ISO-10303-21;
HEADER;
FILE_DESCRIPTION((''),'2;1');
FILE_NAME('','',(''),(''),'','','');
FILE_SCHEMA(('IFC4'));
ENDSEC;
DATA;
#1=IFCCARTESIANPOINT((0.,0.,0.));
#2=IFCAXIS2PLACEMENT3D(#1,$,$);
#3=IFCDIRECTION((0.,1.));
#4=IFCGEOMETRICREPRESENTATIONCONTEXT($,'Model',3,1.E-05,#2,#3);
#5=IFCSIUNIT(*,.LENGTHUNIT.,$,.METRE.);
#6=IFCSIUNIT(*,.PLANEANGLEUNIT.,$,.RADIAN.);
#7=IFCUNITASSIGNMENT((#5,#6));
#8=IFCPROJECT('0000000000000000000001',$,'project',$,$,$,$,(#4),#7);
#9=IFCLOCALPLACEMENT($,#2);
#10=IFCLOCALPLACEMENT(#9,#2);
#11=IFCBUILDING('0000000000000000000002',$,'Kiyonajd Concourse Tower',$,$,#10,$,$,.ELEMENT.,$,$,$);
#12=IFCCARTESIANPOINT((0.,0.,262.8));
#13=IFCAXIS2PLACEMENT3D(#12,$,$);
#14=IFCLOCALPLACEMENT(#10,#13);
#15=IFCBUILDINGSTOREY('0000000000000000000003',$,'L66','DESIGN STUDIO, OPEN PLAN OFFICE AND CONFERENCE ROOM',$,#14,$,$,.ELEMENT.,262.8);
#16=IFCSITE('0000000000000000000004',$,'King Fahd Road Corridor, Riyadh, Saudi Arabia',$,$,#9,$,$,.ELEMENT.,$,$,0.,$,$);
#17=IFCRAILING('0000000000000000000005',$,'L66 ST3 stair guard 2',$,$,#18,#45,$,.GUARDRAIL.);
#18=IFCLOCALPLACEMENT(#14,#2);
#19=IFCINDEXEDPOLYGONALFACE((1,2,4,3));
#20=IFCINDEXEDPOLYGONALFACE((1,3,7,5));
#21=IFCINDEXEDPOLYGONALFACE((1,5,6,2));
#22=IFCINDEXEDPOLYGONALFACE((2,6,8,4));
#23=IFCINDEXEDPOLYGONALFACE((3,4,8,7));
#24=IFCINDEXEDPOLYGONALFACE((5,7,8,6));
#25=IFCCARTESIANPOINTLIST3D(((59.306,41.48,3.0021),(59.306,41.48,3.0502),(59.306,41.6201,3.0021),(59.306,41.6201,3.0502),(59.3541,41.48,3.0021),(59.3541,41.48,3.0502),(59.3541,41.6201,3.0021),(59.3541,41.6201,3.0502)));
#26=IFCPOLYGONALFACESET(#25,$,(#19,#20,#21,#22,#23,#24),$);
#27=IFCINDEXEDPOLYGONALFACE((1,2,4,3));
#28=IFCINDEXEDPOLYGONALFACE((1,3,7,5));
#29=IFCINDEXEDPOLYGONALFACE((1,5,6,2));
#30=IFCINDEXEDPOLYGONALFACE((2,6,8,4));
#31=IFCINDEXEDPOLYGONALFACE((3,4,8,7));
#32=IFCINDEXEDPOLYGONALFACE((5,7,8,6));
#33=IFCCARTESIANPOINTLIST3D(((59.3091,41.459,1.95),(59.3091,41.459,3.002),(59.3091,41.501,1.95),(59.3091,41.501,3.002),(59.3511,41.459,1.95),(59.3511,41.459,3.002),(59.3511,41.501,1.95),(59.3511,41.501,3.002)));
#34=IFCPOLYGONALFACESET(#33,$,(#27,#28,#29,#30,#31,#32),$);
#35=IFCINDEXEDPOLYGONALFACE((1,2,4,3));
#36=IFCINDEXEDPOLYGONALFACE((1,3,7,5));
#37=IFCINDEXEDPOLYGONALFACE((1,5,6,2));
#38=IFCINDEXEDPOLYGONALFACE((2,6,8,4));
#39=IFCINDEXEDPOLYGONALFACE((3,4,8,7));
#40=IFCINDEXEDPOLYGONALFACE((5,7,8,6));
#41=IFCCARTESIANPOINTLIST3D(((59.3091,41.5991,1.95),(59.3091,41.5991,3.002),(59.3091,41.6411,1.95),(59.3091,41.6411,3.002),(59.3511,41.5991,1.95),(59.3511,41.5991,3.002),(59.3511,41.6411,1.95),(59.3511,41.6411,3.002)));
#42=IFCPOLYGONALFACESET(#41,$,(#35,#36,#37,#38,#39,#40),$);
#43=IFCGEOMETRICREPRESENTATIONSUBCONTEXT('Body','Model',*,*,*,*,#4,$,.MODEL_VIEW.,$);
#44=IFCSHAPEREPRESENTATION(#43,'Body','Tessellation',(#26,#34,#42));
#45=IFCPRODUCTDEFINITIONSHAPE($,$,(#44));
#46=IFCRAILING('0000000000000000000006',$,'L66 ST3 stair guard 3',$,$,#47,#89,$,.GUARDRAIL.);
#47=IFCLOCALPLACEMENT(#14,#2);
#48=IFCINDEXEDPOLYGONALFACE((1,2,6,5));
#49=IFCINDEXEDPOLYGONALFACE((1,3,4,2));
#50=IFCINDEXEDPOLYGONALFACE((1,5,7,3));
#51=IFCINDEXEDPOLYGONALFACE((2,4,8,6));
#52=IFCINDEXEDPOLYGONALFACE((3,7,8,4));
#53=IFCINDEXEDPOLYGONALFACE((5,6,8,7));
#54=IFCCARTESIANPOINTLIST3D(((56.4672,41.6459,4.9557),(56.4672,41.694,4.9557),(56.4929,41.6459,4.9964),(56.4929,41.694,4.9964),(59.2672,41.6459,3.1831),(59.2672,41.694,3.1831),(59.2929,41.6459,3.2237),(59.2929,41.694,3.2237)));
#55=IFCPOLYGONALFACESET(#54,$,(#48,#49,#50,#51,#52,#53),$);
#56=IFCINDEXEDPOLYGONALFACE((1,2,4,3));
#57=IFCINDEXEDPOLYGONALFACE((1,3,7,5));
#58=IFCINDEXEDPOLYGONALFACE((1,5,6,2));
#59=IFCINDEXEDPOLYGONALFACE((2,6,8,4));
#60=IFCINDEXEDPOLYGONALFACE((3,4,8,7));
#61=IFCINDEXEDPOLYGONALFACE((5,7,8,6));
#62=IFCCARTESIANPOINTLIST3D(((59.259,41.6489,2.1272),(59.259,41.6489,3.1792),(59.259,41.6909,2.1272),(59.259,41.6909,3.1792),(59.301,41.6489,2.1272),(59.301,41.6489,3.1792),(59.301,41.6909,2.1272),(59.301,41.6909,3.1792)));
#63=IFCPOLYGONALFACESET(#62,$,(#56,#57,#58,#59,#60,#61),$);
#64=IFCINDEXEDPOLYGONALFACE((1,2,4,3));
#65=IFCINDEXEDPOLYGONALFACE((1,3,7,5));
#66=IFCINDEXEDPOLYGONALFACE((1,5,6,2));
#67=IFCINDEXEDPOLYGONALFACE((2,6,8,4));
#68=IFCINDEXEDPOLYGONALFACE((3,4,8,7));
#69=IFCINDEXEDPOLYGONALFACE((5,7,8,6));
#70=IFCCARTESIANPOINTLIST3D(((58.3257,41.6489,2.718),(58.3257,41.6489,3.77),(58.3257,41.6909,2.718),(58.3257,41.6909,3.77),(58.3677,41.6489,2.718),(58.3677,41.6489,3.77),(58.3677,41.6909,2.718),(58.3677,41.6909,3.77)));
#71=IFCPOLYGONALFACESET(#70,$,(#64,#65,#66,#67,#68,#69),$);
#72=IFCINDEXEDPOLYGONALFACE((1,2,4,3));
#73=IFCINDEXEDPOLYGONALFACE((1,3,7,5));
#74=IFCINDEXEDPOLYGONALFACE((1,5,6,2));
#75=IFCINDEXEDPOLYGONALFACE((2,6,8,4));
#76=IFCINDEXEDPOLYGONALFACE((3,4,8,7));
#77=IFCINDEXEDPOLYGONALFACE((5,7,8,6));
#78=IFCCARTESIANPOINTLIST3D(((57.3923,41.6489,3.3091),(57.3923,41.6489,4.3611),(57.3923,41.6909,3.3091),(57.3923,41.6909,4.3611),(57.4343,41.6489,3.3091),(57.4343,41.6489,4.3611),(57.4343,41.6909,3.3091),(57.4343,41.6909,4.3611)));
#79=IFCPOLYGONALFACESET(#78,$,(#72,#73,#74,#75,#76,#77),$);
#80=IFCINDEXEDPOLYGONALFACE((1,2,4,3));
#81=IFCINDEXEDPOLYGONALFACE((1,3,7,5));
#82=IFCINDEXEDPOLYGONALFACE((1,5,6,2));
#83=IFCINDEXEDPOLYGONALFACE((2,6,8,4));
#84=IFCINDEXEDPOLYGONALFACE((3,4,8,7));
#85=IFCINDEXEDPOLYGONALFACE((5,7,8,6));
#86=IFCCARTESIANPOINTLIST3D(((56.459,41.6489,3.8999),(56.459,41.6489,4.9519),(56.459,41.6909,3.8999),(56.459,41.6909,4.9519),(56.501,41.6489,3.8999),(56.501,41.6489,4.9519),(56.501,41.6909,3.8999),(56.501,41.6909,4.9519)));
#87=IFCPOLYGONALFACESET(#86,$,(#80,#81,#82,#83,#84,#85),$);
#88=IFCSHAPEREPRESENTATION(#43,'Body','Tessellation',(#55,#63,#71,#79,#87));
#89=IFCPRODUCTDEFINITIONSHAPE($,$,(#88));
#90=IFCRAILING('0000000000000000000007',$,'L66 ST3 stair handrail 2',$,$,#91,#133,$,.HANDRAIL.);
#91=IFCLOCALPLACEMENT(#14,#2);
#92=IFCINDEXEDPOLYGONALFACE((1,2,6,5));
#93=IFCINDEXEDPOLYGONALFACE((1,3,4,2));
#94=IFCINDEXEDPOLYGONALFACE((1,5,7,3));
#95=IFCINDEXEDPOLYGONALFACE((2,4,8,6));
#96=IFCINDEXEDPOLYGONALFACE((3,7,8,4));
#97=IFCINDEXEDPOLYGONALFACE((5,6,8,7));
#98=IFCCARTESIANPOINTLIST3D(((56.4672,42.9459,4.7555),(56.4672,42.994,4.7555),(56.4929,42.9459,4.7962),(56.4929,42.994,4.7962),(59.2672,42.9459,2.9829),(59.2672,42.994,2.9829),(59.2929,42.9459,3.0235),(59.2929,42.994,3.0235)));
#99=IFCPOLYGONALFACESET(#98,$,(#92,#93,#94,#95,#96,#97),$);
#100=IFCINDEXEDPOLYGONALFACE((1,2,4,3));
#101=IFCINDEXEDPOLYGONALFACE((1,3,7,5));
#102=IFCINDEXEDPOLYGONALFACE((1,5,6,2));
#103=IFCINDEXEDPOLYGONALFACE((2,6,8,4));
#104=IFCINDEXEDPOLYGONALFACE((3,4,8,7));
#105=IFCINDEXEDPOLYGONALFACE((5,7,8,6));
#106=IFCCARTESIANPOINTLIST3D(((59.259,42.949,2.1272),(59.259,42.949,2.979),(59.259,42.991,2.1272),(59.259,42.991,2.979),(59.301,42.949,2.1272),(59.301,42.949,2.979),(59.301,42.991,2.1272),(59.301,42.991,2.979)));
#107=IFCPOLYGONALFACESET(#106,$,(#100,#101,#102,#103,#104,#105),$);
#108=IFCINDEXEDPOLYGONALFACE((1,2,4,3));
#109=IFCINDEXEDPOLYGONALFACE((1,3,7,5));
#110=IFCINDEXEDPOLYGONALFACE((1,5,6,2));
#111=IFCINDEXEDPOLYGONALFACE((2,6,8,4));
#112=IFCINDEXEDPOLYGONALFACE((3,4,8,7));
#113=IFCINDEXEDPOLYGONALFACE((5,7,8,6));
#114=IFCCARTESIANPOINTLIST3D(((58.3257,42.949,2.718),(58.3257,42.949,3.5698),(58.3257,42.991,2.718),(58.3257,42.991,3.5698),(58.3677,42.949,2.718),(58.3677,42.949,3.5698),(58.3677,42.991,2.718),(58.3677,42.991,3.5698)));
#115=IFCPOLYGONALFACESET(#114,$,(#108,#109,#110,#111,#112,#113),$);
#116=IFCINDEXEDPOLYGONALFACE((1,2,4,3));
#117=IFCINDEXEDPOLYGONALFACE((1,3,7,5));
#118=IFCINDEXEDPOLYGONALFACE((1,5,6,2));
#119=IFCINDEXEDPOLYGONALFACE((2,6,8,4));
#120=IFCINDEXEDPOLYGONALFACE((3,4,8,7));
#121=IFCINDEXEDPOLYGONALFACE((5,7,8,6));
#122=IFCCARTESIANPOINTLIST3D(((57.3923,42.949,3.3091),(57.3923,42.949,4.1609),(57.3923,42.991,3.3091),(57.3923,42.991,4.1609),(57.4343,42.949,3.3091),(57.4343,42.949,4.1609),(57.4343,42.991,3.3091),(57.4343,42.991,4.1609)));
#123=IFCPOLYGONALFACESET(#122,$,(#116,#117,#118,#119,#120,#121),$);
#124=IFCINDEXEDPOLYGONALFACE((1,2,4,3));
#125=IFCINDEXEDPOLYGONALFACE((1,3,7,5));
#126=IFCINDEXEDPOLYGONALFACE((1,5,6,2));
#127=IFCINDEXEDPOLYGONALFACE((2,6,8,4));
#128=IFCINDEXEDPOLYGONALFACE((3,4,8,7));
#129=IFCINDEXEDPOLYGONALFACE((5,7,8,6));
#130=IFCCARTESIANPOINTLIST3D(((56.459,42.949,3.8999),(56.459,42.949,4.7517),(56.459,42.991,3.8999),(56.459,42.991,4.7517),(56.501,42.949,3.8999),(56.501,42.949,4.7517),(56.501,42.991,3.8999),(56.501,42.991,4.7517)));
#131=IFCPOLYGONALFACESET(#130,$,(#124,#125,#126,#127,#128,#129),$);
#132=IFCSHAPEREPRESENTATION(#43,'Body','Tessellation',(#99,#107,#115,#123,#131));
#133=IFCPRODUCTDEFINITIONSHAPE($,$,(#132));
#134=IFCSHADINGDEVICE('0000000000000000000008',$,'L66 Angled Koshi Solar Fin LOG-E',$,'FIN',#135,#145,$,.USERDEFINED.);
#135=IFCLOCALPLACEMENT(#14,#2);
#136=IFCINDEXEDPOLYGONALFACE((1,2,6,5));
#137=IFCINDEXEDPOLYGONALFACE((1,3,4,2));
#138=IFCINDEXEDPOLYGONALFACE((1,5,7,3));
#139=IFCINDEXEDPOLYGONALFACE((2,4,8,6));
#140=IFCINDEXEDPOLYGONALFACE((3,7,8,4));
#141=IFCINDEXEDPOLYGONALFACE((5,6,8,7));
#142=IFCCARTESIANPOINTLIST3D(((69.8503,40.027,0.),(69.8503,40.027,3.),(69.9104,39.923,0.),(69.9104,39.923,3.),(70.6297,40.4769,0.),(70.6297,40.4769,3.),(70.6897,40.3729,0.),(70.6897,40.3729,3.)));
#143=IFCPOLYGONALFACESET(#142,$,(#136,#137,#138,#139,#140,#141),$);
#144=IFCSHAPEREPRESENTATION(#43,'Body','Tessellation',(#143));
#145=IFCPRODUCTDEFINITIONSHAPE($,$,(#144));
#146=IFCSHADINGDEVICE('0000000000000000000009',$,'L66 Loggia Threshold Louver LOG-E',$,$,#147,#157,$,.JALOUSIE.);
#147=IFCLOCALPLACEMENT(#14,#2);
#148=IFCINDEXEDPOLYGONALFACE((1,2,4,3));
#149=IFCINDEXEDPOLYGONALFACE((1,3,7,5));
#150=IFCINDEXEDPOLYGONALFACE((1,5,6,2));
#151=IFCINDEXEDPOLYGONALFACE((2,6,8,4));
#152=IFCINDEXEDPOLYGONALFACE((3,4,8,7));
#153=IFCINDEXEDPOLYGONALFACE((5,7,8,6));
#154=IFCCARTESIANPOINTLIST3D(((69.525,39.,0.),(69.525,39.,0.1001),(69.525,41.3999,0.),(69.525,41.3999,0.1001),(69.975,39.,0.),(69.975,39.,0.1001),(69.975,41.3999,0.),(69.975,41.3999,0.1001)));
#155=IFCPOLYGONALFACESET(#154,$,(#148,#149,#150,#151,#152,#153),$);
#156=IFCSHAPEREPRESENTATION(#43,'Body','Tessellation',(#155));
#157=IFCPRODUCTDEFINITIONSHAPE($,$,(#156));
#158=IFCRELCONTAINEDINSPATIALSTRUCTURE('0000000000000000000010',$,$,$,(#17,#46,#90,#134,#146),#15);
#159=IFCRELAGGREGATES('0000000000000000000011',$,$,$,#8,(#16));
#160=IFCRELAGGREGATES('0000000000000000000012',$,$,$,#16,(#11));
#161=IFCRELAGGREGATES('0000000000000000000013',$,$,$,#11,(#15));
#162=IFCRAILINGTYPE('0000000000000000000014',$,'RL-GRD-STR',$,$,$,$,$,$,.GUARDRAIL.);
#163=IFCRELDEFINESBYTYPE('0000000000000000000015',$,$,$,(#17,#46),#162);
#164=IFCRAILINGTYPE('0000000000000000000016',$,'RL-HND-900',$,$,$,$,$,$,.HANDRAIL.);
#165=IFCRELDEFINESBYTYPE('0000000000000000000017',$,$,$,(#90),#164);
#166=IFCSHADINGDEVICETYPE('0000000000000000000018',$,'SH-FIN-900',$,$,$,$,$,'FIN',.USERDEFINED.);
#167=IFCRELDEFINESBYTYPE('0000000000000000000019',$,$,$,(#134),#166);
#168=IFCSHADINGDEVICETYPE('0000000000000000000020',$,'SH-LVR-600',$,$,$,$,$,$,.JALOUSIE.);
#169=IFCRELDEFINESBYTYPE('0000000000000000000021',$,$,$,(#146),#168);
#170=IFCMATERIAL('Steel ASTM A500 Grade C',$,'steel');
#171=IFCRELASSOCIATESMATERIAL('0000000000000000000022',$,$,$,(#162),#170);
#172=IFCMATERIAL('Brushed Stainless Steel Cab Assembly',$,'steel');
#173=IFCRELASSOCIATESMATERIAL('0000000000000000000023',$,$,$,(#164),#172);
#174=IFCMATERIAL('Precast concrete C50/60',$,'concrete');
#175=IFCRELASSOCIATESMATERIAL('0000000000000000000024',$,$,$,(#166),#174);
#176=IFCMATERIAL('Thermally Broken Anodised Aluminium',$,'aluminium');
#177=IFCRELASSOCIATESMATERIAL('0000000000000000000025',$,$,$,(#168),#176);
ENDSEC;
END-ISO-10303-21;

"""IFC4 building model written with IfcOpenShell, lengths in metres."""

from ifc_helpers import new_model, si_unit, direction, frame, origin, origin_2d, place, context, subcontext, project, spatial, rectangle, extrude, material, type_object, element, save


model = new_model("IFC4")

# Units and contexts
model_context = context("Model", 3, precision=1e-05, world=origin(), true_north=direction((0.0, 1.0)))
body_context = subcontext(model_context, "Body", "Model", "MODEL_VIEW")
ifc_project = project(units=[si_unit("LENGTHUNIT", "METRE"), si_unit("PLANEANGLEUNIT", "RADIAN")], contexts=[model_context])

# Site, building, storey
site_placement = place(None, origin())
site = spatial("IfcSite", under=ifc_project, at=site_placement, Name="King Fahd Road Corridor, Riyadh, Saudi Arabia", CompositionType="ELEMENT", RefElevation=0.0)
building_placement = place(site_placement, origin())
building = spatial("IfcBuilding", under=site, at=building_placement, Name="Kiyonajd Concourse Tower", CompositionType="ELEMENT")
storey_placement = place(building_placement, frame((0.0, 0.0, 262.8)))
storey = spatial("IfcBuildingStorey", under=building, at=storey_placement, Name="L66", Description="DESIGN STUDIO, OPEN PLAN OFFICE AND CONFERENCE ROOM", CompositionType="ELEMENT", Elevation=262.8)

# Shared definitions
ifc_material_1 = material(Name="Thermally Broken Anodised Aluminium", Category="aluminium")

# Shared definitions
ifc_material_2 = material(Name="Precast concrete C50/60", Category="concrete")

# Shared definitions
ifc_material_3 = material(Name="Brushed Stainless Steel Cab Assembly", Category="steel")

# Railings
ifc_material_4 = material(Name="Steel ASTM A500 Grade C", Category="steel")
railing_type_1 = type_object("IfcRailingType", Name="RL-GRD-STR", PredefinedType="GUARDRAIL", material=ifc_material_4)
railing_1_placement = place(storey_placement, frame((59.3301, 41.48, 1.95)))
element("IfcRailing", 1, at=railing_1_placement, inside=storey, type_object=railing_type_1, Name="L66 ST3 stair guard 2", PredefinedType="GUARDRAIL", context=body_context, shape_type="SweptSolid", body=[
    extrude(rectangle(XDim=0.0481, YDim=0.0481, at=origin_2d()), frame((0.0, 0.0, 1.0762), z_axis=(0.0, 1.0, 0.0), x_axis=(-1.0, 0.0, 0.0)), (0.0, 0.0, 1.0), 0.1401),
    extrude(rectangle(XDim=0.042, YDim=0.042, at=origin_2d()), origin(), (0.0, 0.0, 1.0), 1.052),
    extrude(rectangle(XDim=0.042, YDim=0.042, at=origin_2d()), frame((0.0, 0.1401, 0.0)), (0.0, 0.0, 1.0), 1.052),
])
railing_2_placement = place(storey_placement, frame((59.28, 41.6699, 2.1272)))
element("IfcRailing", 2, at=railing_2_placement, inside=storey, type_object=railing_type_1, Name="L66 ST3 stair guard 3", PredefinedType="GUARDRAIL", context=body_context, shape_type="SweptSolid", body=[
    extrude(rectangle(XDim=0.0481, YDim=0.0481, at=origin_2d()), frame((0.0, 0.0, 1.0762), z_axis=(-0.844909, 0.0, 0.53491), x_axis=(0.0, -1.0, 0.0)), (0.0, 0.0, 1.0), 3.314),
    extrude(rectangle(XDim=0.042, YDim=0.042, at=origin_2d()), origin(), (0.0, 0.0, 1.0), 1.052),
    extrude(rectangle(XDim=0.042, YDim=0.042, at=origin_2d()), frame((-0.9333, 0.0, 0.5908)), (0.0, 0.0, 1.0), 1.052),
    extrude(rectangle(XDim=0.042, YDim=0.042, at=origin_2d()), frame((-1.8667, 0.0, 1.1819)), (0.0, 0.0, 1.0), 1.052),
    extrude(rectangle(XDim=0.042, YDim=0.042, at=origin_2d()), frame((-2.8, 0.0, 1.7727)), (0.0, 0.0, 1.0), 1.052),
])
railing_type_2 = type_object("IfcRailingType", Name="RL-HND-900", PredefinedType="HANDRAIL", material=ifc_material_3)
railing_3_placement = place(storey_placement, frame((59.28, 42.97, 2.1272)))
element("IfcRailing", 3, at=railing_3_placement, inside=storey, type_object=railing_type_2, Name="L66 ST3 stair handrail 2", PredefinedType="HANDRAIL", context=body_context, shape_type="SweptSolid", body=[
    extrude(rectangle(XDim=0.0481, YDim=0.0481, at=origin_2d()), frame((0.0, 0.0, 0.876), z_axis=(-0.844909, 0.0, 0.53491), x_axis=(0.0, -1.0, 0.0)), (0.0, 0.0, 1.0), 3.314),
    extrude(rectangle(XDim=0.042, YDim=0.042, at=origin_2d()), origin(), (0.0, 0.0, 1.0), 0.8518),
    extrude(rectangle(XDim=0.042, YDim=0.042, at=origin_2d()), frame((-0.9333, 0.0, 0.5908)), (0.0, 0.0, 1.0), 0.8518),
    extrude(rectangle(XDim=0.042, YDim=0.042, at=origin_2d()), frame((-1.8667, 0.0, 1.1819)), (0.0, 0.0, 1.0), 0.8518),
    extrude(rectangle(XDim=0.042, YDim=0.042, at=origin_2d()), frame((-2.8, 0.0, 1.7727)), (0.0, 0.0, 1.0), 0.8518),
])

# Shading devices
shading_device_type_1 = type_object("IfcShadingDeviceType", Name="SH-FIN-900", ElementType="FIN", PredefinedType="USERDEFINED", material=ifc_material_2)
shading_device_1_placement = place(storey_placement, frame((70.27, 40.2, 0.0), z_axis=(0.0, 0.0, 1.0), x_axis=(0.866025, 0.5, 0.0)))
element("IfcShadingDevice", 4, at=shading_device_1_placement, inside=storey, type_object=shading_device_type_1, Name="L66 Angled Koshi Solar Fin LOG-E", ObjectType="FIN", PredefinedType="USERDEFINED", context=body_context, shape_type="SweptSolid", body=[
    extrude(rectangle(XDim=0.8999, YDim=0.1201, at=origin_2d()), origin(), (0.0, 0.0, 1.0), 3.0),
])
shading_device_type_2 = type_object("IfcShadingDeviceType", Name="SH-LVR-600", PredefinedType="JALOUSIE", material=ifc_material_1)
shading_device_2_placement = place(storey_placement, frame((69.75, 40.2, 0.0), z_axis=(0.0, 0.0, 1.0), x_axis=(0.0, 1.0, 0.0)))
element("IfcShadingDevice", 5, at=shading_device_2_placement, inside=storey, type_object=shading_device_type_2, Name="L66 Loggia Threshold Louver LOG-E", PredefinedType="JALOUSIE", context=body_context, shape_type="SweptSolid", body=[
    extrude(rectangle(XDim=2.3999, YDim=0.45, at=origin_2d()), origin(), (0.0, 0.0, 1.0), 0.1001),
])

save(model, "model.ifc")
